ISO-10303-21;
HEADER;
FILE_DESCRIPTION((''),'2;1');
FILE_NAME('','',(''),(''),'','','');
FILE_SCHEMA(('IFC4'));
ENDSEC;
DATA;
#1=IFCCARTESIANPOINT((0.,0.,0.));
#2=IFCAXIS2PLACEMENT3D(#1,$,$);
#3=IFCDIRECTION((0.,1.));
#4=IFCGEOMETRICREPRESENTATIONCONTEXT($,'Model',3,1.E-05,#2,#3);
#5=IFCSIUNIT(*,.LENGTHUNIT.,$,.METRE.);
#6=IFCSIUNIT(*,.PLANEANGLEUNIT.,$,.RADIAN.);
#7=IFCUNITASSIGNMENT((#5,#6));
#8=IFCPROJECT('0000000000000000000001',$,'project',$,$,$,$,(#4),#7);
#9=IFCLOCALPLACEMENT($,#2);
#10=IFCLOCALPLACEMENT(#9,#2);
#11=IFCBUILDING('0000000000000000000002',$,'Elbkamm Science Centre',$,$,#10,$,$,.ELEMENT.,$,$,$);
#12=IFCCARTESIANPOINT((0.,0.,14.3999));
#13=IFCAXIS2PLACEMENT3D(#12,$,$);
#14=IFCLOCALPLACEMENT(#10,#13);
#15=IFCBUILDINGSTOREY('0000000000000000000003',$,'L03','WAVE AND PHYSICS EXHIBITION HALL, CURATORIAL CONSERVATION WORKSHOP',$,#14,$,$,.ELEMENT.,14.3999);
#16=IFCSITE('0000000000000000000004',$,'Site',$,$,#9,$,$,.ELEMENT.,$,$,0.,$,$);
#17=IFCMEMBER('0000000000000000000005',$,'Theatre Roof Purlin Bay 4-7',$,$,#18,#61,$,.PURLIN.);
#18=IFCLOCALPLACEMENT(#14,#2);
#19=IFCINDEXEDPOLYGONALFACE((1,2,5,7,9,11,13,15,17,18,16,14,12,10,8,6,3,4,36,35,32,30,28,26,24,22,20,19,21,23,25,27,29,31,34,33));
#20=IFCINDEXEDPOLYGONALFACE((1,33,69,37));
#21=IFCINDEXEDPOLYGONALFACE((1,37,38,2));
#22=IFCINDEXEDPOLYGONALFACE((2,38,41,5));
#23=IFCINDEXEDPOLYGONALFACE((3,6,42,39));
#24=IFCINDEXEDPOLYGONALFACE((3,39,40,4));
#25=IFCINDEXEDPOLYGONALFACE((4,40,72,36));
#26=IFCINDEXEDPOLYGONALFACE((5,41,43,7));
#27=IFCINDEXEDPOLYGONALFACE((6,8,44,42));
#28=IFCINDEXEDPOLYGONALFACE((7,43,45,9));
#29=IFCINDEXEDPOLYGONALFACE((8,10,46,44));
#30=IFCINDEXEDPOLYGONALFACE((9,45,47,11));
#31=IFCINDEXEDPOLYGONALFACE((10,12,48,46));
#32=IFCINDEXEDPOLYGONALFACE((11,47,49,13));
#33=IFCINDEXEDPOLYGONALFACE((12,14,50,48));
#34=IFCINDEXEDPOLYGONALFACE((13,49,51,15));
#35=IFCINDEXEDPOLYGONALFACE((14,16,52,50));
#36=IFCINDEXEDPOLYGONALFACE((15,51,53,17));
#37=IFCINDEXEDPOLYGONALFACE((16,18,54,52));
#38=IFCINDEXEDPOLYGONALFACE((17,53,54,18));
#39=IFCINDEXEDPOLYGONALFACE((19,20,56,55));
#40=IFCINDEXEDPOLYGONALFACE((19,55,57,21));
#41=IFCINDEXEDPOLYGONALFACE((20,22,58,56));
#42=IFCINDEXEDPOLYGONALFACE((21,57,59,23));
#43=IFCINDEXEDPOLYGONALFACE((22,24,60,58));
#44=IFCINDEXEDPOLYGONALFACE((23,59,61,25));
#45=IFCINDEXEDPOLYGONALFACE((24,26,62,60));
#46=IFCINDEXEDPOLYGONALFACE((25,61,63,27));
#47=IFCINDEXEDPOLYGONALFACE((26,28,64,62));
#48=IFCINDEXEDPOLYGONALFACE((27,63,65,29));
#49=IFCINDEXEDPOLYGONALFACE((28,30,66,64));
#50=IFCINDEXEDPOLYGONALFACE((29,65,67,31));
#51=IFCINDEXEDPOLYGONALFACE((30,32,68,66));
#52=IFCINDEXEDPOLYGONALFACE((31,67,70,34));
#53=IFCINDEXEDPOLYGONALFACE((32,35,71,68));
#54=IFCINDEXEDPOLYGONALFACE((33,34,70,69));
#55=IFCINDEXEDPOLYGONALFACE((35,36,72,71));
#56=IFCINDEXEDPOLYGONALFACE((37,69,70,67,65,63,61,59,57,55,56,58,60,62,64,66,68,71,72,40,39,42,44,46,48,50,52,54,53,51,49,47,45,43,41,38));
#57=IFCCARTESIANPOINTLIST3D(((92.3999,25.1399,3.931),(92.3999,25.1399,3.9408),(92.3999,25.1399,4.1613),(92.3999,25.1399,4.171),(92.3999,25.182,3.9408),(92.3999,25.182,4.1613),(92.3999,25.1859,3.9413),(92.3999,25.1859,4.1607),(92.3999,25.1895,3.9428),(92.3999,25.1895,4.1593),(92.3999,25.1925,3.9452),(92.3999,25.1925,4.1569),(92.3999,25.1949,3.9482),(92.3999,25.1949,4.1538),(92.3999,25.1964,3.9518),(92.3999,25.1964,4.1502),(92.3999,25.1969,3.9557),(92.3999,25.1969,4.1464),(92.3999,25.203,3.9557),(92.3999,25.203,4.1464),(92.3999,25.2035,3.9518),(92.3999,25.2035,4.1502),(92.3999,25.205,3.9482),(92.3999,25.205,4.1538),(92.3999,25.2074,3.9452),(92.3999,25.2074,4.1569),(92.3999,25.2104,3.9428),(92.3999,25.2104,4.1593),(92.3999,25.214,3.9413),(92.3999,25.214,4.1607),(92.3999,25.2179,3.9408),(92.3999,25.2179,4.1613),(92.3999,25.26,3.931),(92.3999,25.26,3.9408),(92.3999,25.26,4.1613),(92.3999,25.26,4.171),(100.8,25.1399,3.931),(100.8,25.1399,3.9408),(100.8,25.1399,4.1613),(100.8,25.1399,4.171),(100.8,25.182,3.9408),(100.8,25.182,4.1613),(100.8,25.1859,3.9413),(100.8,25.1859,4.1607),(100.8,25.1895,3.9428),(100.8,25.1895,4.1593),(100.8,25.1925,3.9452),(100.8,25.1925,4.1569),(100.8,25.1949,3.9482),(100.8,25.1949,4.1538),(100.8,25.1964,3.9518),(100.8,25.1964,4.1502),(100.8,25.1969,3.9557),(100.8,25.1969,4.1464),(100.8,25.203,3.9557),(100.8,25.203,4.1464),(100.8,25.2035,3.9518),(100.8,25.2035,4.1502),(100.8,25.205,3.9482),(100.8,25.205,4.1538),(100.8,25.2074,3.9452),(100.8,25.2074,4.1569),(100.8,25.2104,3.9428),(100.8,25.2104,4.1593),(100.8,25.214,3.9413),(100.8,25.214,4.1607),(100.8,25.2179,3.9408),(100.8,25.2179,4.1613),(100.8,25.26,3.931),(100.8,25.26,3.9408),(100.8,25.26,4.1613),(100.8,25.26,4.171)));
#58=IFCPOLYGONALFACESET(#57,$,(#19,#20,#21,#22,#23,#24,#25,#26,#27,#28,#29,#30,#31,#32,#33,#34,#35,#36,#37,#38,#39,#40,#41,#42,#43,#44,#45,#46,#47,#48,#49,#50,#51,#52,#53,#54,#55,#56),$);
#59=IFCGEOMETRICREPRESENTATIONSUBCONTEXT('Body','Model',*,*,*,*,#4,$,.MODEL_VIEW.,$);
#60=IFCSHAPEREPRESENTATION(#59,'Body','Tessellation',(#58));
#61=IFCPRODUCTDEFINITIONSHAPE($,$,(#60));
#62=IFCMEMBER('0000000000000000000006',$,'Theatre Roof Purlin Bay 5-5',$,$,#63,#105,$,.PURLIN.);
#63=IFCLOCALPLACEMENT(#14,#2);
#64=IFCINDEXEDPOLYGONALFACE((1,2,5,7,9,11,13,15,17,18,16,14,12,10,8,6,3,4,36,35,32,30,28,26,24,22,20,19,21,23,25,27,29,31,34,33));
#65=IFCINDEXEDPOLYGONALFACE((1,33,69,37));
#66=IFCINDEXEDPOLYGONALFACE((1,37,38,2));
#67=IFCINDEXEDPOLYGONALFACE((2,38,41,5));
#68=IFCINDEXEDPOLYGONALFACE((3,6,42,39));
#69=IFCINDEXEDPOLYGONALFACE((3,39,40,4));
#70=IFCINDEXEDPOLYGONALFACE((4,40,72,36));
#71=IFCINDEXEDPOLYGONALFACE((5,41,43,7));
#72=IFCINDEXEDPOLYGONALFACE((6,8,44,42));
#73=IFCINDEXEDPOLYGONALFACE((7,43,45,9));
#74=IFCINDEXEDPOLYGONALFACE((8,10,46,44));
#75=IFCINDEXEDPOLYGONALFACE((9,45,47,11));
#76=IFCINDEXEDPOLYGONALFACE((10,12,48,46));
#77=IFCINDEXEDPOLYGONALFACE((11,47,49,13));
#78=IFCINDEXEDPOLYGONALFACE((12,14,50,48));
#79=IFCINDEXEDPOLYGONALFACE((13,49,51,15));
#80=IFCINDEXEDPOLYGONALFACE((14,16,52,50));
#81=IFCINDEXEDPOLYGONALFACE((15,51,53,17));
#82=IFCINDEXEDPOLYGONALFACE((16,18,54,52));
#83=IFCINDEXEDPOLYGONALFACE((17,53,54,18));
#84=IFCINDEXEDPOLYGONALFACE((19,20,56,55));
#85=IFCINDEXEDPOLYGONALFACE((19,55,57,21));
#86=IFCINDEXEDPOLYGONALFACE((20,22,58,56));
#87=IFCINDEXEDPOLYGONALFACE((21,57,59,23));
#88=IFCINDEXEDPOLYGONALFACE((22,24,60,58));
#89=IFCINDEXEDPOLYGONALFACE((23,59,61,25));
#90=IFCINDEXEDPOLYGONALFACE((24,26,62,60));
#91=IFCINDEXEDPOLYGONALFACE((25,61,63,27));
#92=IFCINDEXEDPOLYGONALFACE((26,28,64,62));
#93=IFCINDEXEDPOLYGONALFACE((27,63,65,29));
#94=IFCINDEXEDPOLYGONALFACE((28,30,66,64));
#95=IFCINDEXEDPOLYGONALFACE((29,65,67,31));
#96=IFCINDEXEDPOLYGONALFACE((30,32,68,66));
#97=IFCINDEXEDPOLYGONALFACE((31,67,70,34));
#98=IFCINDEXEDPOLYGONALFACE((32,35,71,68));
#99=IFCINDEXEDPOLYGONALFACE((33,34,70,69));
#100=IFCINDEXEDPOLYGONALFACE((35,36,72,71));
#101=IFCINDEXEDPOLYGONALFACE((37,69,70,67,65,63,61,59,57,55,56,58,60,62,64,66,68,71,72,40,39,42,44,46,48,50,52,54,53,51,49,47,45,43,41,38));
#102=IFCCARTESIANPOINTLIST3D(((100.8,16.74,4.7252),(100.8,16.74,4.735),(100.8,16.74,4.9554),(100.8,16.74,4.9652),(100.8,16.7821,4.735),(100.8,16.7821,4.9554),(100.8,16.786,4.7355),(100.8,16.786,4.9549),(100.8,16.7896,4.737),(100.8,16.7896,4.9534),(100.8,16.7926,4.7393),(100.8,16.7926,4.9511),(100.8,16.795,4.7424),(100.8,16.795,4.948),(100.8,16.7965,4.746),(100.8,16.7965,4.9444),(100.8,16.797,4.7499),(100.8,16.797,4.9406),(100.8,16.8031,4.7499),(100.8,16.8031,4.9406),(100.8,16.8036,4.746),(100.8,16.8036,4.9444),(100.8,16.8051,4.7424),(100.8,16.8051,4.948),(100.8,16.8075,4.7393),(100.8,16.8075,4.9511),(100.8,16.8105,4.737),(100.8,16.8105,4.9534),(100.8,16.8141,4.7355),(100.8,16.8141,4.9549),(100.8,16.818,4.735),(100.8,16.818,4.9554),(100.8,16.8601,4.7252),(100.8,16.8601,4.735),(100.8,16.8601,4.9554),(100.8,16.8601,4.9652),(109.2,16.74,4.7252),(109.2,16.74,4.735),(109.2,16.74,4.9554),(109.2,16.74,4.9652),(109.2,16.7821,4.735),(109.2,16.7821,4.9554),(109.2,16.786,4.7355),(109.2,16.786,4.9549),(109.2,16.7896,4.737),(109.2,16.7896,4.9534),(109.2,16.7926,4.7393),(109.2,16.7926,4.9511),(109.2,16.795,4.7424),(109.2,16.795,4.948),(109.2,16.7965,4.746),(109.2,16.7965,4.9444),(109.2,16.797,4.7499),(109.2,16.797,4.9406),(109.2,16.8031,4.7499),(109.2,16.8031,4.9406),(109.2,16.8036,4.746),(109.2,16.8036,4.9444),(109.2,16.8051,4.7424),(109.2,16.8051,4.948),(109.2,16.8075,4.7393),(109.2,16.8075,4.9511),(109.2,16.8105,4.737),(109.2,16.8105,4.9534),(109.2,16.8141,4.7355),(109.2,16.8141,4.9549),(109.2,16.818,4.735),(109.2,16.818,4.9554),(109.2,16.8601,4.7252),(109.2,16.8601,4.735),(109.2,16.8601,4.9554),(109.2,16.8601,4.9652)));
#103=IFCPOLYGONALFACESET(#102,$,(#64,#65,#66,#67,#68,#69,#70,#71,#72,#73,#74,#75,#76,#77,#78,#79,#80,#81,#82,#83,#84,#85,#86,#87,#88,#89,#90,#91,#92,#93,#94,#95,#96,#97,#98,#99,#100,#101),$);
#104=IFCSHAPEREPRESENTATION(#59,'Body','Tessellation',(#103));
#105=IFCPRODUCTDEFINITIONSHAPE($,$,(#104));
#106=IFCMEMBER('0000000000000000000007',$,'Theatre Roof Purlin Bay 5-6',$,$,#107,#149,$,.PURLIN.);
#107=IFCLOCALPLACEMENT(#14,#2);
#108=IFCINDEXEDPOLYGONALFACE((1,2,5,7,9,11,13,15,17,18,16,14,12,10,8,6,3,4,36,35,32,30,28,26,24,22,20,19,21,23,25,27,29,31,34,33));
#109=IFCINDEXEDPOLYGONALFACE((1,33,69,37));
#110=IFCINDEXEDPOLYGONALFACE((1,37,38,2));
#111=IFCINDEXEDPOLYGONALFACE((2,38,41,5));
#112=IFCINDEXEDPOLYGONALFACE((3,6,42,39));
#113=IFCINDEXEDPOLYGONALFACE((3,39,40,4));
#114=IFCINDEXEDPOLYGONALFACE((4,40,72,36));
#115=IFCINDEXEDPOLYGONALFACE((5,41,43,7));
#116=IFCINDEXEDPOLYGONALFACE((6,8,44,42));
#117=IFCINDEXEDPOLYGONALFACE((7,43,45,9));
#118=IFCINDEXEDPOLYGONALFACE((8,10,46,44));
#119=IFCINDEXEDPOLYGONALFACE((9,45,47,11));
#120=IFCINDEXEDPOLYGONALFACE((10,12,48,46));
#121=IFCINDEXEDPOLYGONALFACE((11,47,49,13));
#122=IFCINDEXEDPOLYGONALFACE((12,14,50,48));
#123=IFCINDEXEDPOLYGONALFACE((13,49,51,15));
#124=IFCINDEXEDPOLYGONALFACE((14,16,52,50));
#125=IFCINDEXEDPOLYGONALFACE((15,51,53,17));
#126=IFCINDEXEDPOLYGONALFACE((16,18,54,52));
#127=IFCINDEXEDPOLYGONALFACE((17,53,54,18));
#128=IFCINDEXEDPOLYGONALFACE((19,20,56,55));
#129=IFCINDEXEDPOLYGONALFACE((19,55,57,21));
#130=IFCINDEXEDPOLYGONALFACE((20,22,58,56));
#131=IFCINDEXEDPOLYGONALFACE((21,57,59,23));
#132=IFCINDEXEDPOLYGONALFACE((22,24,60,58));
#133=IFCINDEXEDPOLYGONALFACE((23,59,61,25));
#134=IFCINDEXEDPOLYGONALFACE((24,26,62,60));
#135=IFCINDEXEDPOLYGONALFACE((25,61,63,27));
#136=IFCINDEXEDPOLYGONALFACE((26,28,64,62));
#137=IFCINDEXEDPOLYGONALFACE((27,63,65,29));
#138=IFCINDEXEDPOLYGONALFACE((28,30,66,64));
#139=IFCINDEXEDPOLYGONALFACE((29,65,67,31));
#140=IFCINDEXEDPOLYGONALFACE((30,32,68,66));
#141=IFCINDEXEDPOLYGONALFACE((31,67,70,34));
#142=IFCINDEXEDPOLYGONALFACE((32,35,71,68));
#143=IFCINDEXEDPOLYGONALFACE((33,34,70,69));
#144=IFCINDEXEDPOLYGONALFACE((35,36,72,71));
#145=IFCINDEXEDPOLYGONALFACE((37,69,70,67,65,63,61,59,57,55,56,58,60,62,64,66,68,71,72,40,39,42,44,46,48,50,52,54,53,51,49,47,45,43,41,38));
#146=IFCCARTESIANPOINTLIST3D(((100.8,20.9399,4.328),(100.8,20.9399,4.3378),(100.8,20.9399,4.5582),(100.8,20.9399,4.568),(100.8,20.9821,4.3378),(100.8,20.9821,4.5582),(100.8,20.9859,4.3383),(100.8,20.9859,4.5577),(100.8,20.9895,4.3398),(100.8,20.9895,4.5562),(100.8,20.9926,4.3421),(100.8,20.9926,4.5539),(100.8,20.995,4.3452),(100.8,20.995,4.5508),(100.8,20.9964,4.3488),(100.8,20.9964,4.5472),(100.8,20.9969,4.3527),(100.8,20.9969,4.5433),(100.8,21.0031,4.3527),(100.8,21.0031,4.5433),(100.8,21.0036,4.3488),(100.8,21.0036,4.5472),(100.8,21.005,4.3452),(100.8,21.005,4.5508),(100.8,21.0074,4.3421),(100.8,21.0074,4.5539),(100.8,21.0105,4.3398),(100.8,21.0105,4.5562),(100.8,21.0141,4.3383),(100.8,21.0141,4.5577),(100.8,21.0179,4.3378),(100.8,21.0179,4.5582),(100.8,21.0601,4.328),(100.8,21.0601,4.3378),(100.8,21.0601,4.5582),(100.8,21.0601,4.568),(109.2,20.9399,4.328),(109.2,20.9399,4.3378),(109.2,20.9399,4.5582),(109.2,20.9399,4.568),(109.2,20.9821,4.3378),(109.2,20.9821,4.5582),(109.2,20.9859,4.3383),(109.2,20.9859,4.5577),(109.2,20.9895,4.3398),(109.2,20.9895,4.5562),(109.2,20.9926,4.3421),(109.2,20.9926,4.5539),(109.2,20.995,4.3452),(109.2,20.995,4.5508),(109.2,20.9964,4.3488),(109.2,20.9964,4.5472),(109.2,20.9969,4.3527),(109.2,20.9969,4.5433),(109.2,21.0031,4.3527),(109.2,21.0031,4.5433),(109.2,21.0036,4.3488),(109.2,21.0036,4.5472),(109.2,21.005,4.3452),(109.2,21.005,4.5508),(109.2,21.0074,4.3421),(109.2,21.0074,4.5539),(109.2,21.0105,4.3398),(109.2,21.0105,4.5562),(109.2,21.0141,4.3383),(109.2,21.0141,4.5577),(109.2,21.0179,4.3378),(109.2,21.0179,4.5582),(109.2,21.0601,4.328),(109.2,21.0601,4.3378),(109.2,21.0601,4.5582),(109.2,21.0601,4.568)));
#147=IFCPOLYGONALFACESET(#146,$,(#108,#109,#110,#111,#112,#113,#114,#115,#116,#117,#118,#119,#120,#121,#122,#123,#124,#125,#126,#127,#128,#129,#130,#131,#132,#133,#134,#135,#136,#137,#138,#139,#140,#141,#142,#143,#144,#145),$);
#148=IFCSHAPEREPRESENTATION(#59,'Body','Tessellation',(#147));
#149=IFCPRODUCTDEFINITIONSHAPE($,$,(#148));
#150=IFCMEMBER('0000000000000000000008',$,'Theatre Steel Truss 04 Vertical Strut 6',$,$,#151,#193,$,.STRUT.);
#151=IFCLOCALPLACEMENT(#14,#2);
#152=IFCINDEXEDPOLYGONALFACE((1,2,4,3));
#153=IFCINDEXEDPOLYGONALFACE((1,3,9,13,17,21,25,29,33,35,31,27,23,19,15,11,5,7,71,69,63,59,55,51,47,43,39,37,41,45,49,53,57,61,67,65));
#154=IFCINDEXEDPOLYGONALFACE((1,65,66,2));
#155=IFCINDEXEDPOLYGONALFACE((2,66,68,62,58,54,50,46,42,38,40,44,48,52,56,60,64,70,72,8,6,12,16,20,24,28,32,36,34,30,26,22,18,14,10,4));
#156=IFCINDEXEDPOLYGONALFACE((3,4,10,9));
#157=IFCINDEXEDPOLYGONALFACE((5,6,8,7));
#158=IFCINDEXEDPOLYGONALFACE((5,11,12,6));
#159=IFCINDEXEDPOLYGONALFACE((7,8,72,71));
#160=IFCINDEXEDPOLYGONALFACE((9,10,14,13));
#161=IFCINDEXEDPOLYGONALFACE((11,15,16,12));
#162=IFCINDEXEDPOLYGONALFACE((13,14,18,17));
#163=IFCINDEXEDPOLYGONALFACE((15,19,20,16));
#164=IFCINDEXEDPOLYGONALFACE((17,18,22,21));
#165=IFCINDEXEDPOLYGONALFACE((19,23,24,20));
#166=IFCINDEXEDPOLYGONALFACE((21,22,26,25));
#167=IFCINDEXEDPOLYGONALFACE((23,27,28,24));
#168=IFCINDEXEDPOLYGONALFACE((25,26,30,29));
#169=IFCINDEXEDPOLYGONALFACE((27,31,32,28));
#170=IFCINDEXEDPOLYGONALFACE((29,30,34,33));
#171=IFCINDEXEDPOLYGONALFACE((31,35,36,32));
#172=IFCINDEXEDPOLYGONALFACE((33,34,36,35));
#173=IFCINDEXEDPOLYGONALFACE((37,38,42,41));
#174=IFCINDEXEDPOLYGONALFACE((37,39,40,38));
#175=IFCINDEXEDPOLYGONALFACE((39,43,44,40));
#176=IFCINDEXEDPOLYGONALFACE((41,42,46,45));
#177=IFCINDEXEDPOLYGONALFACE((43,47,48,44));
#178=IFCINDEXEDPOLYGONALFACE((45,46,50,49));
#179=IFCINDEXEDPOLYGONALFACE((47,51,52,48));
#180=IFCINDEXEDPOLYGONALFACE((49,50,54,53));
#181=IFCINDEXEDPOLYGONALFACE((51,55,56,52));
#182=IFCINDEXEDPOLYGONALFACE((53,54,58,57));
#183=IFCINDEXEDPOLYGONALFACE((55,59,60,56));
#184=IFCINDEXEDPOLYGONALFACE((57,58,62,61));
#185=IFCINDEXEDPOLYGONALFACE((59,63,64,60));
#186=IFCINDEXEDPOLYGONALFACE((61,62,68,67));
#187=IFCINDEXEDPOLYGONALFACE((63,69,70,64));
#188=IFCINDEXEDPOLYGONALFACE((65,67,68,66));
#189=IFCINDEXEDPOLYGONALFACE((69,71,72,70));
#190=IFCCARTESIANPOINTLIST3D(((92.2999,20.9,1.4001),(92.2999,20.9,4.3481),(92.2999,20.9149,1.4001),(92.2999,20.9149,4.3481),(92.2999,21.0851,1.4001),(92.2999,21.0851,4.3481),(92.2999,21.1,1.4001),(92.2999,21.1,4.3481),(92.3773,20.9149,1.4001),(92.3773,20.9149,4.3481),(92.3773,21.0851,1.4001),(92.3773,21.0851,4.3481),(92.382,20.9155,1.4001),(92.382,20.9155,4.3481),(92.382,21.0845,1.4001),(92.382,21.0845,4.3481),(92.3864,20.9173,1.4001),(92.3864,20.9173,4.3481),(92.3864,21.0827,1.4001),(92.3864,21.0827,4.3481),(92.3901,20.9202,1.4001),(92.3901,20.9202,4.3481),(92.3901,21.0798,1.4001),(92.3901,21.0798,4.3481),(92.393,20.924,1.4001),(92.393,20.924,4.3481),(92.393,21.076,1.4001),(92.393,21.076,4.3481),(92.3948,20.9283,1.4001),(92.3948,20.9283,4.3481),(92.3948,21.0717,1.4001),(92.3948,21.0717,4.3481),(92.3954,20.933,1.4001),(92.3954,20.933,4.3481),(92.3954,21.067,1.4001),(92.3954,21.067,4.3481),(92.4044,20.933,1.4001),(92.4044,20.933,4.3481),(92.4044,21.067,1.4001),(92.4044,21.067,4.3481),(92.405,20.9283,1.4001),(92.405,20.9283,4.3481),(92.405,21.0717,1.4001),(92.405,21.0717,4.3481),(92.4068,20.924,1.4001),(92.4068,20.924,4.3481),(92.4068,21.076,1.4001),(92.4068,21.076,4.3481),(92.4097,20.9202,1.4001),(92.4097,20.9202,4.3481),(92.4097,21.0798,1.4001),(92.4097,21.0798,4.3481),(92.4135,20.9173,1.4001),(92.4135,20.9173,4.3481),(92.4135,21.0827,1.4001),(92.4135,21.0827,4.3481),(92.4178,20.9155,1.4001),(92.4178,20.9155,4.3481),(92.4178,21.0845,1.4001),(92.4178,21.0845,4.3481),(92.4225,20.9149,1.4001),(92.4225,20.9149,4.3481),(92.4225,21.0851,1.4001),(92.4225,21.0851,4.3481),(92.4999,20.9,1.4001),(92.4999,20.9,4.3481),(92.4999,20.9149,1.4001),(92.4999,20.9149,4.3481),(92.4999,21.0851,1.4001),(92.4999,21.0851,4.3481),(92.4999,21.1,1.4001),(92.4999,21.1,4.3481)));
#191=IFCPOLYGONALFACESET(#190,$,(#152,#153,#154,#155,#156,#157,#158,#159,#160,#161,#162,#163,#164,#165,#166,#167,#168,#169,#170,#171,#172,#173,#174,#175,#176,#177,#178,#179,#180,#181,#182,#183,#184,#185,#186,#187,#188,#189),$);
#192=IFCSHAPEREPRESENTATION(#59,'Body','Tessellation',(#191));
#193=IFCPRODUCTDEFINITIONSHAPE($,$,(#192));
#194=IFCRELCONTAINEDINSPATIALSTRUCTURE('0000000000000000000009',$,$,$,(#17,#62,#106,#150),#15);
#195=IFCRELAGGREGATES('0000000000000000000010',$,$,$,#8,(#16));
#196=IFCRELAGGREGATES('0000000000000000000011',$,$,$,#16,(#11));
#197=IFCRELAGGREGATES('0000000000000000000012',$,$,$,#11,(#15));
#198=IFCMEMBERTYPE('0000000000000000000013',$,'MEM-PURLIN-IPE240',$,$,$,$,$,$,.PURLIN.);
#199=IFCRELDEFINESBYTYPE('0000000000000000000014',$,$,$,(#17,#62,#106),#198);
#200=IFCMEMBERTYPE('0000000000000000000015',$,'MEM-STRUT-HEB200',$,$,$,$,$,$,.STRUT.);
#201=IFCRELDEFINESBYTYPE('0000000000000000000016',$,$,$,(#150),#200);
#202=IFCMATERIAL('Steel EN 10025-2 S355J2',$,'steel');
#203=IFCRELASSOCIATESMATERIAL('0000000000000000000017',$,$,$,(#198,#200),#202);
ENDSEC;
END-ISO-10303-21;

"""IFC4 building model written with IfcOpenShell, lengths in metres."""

from ifc_helpers import new_model, si_unit, direction, frame, origin, origin_2d, place, context, subcontext, project, spatial, i_section, extrude, material, material_profile, profile_set, type_object, element, save


model = new_model("IFC4")

# Units and contexts
model_context = context("Model", 3, precision=1e-05, world=origin(), true_north=direction((0.0, 1.0)))
body_context = subcontext(model_context, "Body", "Model", "MODEL_VIEW")
ifc_project = project(units=[si_unit("LENGTHUNIT", "METRE"), si_unit("PLANEANGLEUNIT", "RADIAN")], contexts=[model_context])

# Site, building, storey
site_placement = place(None, origin())
site = spatial("IfcSite", under=ifc_project, at=site_placement, Name="Site", CompositionType="ELEMENT", RefElevation=0.0)
building_placement = place(site_placement, origin())
building = spatial("IfcBuilding", under=site, at=building_placement, Name="Elbkamm Science Centre", CompositionType="ELEMENT")
storey_placement = place(building_placement, frame((0.0, 0.0, 14.3999)))
storey = spatial("IfcBuildingStorey", under=building, at=storey_placement, Name="L03", Description="WAVE AND PHYSICS EXHIBITION HALL, CURATORIAL CONSERVATION WORKSHOP", CompositionType="ELEMENT", Elevation=14.3999)

# Shared definitions
ifc_material_1 = material(Name="Steel EN 10025-2 S355J2", Category="steel")

# Members
ifc_material_profile_1 = material_profile(ifc_material_1, i_section(OverallWidth=0.1201, OverallDepth=0.24, WebThickness=0.0061, FlangeThickness=0.0098, FilletRadius=0.0149, at=origin_2d()), Name="IPE 240")
ifc_profile_set_1 = profile_set([ifc_material_profile_1], Name="Steel EN 10025-2 S355J2")
member_type_1 = type_object("IfcMemberType", Name="MEM-PURLIN-IPE240", PredefinedType="PURLIN", material=ifc_profile_set_1)
for number, where, z_axis, x_axis, name in (
    (1, (92.3999, 25.2, 4.051), (1.0, 0.0, 0.0), (0.0, 1.0, 0.0), "Theatre Roof Purlin Bay 4-7"),
):
    element("IfcMember", number, at=place(storey_placement, frame(where, z_axis=z_axis, x_axis=x_axis)), inside=storey, type_object=member_type_1, Name=name, PredefinedType="PURLIN", context=body_context, shape_type="SweptSolid", body=[
        extrude(i_section(OverallWidth=0.1201, OverallDepth=0.24, WebThickness=0.0061, FlangeThickness=0.0098, FilletRadius=0.0149, at=origin_2d()), origin(), (0.0, 0.0, 1.0), 8.4001),
    ])
for number, where, z_axis, x_axis, name in (
    (2, (100.8, 16.8, 4.8452), (1.0, 0.0, 0.0), (0.0, 1.0, 0.0), "Theatre Roof Purlin Bay 5-5"),
    (3, (100.8, 21.0, 4.448), (1.0, 0.0, 0.0), (0.0, 1.0, 0.0), "Theatre Roof Purlin Bay 5-6"),
):
    element("IfcMember", number, at=place(storey_placement, frame(where, z_axis=z_axis, x_axis=x_axis)), inside=storey, type_object=member_type_1, Name=name, PredefinedType="PURLIN", context=body_context, shape_type="SweptSolid", body=[
        extrude(i_section(OverallWidth=0.1201, OverallDepth=0.24, WebThickness=0.0061, FlangeThickness=0.0098, FilletRadius=0.0149, at=origin_2d()), origin(), (0.0, 0.0, 1.0), 8.3999),
    ])
ifc_material_profile_2 = material_profile(ifc_material_1, i_section(OverallWidth=0.2, OverallDepth=0.2, WebThickness=0.009, FlangeThickness=0.0149, FilletRadius=0.0181, at=origin_2d()), Name="HEB 200")
ifc_profile_set_2 = profile_set([ifc_material_profile_2], Name="Steel EN 10025-2 S355J2")
member_type_2 = type_object("IfcMemberType", Name="MEM-STRUT-HEB200", PredefinedType="STRUT", material=ifc_profile_set_2)
member_1_placement = place(storey_placement, frame((92.3999, 21.0, 1.4001), z_axis=(0.0, 0.0, 1.0), x_axis=(1.0, 0.0, 0.0)))
element("IfcMember", 4, at=member_1_placement, inside=storey, type_object=member_type_2, Name="Theatre Steel Truss 04 Vertical Strut 6", PredefinedType="STRUT", context=body_context, shape_type="SweptSolid", body=[
    extrude(i_section(OverallWidth=0.2, OverallDepth=0.2, WebThickness=0.009, FlangeThickness=0.0149, FilletRadius=0.0181, at=origin_2d()), origin(), (0.0, 0.0, 1.0), 2.948),
])

save(model, "model.ifc")
